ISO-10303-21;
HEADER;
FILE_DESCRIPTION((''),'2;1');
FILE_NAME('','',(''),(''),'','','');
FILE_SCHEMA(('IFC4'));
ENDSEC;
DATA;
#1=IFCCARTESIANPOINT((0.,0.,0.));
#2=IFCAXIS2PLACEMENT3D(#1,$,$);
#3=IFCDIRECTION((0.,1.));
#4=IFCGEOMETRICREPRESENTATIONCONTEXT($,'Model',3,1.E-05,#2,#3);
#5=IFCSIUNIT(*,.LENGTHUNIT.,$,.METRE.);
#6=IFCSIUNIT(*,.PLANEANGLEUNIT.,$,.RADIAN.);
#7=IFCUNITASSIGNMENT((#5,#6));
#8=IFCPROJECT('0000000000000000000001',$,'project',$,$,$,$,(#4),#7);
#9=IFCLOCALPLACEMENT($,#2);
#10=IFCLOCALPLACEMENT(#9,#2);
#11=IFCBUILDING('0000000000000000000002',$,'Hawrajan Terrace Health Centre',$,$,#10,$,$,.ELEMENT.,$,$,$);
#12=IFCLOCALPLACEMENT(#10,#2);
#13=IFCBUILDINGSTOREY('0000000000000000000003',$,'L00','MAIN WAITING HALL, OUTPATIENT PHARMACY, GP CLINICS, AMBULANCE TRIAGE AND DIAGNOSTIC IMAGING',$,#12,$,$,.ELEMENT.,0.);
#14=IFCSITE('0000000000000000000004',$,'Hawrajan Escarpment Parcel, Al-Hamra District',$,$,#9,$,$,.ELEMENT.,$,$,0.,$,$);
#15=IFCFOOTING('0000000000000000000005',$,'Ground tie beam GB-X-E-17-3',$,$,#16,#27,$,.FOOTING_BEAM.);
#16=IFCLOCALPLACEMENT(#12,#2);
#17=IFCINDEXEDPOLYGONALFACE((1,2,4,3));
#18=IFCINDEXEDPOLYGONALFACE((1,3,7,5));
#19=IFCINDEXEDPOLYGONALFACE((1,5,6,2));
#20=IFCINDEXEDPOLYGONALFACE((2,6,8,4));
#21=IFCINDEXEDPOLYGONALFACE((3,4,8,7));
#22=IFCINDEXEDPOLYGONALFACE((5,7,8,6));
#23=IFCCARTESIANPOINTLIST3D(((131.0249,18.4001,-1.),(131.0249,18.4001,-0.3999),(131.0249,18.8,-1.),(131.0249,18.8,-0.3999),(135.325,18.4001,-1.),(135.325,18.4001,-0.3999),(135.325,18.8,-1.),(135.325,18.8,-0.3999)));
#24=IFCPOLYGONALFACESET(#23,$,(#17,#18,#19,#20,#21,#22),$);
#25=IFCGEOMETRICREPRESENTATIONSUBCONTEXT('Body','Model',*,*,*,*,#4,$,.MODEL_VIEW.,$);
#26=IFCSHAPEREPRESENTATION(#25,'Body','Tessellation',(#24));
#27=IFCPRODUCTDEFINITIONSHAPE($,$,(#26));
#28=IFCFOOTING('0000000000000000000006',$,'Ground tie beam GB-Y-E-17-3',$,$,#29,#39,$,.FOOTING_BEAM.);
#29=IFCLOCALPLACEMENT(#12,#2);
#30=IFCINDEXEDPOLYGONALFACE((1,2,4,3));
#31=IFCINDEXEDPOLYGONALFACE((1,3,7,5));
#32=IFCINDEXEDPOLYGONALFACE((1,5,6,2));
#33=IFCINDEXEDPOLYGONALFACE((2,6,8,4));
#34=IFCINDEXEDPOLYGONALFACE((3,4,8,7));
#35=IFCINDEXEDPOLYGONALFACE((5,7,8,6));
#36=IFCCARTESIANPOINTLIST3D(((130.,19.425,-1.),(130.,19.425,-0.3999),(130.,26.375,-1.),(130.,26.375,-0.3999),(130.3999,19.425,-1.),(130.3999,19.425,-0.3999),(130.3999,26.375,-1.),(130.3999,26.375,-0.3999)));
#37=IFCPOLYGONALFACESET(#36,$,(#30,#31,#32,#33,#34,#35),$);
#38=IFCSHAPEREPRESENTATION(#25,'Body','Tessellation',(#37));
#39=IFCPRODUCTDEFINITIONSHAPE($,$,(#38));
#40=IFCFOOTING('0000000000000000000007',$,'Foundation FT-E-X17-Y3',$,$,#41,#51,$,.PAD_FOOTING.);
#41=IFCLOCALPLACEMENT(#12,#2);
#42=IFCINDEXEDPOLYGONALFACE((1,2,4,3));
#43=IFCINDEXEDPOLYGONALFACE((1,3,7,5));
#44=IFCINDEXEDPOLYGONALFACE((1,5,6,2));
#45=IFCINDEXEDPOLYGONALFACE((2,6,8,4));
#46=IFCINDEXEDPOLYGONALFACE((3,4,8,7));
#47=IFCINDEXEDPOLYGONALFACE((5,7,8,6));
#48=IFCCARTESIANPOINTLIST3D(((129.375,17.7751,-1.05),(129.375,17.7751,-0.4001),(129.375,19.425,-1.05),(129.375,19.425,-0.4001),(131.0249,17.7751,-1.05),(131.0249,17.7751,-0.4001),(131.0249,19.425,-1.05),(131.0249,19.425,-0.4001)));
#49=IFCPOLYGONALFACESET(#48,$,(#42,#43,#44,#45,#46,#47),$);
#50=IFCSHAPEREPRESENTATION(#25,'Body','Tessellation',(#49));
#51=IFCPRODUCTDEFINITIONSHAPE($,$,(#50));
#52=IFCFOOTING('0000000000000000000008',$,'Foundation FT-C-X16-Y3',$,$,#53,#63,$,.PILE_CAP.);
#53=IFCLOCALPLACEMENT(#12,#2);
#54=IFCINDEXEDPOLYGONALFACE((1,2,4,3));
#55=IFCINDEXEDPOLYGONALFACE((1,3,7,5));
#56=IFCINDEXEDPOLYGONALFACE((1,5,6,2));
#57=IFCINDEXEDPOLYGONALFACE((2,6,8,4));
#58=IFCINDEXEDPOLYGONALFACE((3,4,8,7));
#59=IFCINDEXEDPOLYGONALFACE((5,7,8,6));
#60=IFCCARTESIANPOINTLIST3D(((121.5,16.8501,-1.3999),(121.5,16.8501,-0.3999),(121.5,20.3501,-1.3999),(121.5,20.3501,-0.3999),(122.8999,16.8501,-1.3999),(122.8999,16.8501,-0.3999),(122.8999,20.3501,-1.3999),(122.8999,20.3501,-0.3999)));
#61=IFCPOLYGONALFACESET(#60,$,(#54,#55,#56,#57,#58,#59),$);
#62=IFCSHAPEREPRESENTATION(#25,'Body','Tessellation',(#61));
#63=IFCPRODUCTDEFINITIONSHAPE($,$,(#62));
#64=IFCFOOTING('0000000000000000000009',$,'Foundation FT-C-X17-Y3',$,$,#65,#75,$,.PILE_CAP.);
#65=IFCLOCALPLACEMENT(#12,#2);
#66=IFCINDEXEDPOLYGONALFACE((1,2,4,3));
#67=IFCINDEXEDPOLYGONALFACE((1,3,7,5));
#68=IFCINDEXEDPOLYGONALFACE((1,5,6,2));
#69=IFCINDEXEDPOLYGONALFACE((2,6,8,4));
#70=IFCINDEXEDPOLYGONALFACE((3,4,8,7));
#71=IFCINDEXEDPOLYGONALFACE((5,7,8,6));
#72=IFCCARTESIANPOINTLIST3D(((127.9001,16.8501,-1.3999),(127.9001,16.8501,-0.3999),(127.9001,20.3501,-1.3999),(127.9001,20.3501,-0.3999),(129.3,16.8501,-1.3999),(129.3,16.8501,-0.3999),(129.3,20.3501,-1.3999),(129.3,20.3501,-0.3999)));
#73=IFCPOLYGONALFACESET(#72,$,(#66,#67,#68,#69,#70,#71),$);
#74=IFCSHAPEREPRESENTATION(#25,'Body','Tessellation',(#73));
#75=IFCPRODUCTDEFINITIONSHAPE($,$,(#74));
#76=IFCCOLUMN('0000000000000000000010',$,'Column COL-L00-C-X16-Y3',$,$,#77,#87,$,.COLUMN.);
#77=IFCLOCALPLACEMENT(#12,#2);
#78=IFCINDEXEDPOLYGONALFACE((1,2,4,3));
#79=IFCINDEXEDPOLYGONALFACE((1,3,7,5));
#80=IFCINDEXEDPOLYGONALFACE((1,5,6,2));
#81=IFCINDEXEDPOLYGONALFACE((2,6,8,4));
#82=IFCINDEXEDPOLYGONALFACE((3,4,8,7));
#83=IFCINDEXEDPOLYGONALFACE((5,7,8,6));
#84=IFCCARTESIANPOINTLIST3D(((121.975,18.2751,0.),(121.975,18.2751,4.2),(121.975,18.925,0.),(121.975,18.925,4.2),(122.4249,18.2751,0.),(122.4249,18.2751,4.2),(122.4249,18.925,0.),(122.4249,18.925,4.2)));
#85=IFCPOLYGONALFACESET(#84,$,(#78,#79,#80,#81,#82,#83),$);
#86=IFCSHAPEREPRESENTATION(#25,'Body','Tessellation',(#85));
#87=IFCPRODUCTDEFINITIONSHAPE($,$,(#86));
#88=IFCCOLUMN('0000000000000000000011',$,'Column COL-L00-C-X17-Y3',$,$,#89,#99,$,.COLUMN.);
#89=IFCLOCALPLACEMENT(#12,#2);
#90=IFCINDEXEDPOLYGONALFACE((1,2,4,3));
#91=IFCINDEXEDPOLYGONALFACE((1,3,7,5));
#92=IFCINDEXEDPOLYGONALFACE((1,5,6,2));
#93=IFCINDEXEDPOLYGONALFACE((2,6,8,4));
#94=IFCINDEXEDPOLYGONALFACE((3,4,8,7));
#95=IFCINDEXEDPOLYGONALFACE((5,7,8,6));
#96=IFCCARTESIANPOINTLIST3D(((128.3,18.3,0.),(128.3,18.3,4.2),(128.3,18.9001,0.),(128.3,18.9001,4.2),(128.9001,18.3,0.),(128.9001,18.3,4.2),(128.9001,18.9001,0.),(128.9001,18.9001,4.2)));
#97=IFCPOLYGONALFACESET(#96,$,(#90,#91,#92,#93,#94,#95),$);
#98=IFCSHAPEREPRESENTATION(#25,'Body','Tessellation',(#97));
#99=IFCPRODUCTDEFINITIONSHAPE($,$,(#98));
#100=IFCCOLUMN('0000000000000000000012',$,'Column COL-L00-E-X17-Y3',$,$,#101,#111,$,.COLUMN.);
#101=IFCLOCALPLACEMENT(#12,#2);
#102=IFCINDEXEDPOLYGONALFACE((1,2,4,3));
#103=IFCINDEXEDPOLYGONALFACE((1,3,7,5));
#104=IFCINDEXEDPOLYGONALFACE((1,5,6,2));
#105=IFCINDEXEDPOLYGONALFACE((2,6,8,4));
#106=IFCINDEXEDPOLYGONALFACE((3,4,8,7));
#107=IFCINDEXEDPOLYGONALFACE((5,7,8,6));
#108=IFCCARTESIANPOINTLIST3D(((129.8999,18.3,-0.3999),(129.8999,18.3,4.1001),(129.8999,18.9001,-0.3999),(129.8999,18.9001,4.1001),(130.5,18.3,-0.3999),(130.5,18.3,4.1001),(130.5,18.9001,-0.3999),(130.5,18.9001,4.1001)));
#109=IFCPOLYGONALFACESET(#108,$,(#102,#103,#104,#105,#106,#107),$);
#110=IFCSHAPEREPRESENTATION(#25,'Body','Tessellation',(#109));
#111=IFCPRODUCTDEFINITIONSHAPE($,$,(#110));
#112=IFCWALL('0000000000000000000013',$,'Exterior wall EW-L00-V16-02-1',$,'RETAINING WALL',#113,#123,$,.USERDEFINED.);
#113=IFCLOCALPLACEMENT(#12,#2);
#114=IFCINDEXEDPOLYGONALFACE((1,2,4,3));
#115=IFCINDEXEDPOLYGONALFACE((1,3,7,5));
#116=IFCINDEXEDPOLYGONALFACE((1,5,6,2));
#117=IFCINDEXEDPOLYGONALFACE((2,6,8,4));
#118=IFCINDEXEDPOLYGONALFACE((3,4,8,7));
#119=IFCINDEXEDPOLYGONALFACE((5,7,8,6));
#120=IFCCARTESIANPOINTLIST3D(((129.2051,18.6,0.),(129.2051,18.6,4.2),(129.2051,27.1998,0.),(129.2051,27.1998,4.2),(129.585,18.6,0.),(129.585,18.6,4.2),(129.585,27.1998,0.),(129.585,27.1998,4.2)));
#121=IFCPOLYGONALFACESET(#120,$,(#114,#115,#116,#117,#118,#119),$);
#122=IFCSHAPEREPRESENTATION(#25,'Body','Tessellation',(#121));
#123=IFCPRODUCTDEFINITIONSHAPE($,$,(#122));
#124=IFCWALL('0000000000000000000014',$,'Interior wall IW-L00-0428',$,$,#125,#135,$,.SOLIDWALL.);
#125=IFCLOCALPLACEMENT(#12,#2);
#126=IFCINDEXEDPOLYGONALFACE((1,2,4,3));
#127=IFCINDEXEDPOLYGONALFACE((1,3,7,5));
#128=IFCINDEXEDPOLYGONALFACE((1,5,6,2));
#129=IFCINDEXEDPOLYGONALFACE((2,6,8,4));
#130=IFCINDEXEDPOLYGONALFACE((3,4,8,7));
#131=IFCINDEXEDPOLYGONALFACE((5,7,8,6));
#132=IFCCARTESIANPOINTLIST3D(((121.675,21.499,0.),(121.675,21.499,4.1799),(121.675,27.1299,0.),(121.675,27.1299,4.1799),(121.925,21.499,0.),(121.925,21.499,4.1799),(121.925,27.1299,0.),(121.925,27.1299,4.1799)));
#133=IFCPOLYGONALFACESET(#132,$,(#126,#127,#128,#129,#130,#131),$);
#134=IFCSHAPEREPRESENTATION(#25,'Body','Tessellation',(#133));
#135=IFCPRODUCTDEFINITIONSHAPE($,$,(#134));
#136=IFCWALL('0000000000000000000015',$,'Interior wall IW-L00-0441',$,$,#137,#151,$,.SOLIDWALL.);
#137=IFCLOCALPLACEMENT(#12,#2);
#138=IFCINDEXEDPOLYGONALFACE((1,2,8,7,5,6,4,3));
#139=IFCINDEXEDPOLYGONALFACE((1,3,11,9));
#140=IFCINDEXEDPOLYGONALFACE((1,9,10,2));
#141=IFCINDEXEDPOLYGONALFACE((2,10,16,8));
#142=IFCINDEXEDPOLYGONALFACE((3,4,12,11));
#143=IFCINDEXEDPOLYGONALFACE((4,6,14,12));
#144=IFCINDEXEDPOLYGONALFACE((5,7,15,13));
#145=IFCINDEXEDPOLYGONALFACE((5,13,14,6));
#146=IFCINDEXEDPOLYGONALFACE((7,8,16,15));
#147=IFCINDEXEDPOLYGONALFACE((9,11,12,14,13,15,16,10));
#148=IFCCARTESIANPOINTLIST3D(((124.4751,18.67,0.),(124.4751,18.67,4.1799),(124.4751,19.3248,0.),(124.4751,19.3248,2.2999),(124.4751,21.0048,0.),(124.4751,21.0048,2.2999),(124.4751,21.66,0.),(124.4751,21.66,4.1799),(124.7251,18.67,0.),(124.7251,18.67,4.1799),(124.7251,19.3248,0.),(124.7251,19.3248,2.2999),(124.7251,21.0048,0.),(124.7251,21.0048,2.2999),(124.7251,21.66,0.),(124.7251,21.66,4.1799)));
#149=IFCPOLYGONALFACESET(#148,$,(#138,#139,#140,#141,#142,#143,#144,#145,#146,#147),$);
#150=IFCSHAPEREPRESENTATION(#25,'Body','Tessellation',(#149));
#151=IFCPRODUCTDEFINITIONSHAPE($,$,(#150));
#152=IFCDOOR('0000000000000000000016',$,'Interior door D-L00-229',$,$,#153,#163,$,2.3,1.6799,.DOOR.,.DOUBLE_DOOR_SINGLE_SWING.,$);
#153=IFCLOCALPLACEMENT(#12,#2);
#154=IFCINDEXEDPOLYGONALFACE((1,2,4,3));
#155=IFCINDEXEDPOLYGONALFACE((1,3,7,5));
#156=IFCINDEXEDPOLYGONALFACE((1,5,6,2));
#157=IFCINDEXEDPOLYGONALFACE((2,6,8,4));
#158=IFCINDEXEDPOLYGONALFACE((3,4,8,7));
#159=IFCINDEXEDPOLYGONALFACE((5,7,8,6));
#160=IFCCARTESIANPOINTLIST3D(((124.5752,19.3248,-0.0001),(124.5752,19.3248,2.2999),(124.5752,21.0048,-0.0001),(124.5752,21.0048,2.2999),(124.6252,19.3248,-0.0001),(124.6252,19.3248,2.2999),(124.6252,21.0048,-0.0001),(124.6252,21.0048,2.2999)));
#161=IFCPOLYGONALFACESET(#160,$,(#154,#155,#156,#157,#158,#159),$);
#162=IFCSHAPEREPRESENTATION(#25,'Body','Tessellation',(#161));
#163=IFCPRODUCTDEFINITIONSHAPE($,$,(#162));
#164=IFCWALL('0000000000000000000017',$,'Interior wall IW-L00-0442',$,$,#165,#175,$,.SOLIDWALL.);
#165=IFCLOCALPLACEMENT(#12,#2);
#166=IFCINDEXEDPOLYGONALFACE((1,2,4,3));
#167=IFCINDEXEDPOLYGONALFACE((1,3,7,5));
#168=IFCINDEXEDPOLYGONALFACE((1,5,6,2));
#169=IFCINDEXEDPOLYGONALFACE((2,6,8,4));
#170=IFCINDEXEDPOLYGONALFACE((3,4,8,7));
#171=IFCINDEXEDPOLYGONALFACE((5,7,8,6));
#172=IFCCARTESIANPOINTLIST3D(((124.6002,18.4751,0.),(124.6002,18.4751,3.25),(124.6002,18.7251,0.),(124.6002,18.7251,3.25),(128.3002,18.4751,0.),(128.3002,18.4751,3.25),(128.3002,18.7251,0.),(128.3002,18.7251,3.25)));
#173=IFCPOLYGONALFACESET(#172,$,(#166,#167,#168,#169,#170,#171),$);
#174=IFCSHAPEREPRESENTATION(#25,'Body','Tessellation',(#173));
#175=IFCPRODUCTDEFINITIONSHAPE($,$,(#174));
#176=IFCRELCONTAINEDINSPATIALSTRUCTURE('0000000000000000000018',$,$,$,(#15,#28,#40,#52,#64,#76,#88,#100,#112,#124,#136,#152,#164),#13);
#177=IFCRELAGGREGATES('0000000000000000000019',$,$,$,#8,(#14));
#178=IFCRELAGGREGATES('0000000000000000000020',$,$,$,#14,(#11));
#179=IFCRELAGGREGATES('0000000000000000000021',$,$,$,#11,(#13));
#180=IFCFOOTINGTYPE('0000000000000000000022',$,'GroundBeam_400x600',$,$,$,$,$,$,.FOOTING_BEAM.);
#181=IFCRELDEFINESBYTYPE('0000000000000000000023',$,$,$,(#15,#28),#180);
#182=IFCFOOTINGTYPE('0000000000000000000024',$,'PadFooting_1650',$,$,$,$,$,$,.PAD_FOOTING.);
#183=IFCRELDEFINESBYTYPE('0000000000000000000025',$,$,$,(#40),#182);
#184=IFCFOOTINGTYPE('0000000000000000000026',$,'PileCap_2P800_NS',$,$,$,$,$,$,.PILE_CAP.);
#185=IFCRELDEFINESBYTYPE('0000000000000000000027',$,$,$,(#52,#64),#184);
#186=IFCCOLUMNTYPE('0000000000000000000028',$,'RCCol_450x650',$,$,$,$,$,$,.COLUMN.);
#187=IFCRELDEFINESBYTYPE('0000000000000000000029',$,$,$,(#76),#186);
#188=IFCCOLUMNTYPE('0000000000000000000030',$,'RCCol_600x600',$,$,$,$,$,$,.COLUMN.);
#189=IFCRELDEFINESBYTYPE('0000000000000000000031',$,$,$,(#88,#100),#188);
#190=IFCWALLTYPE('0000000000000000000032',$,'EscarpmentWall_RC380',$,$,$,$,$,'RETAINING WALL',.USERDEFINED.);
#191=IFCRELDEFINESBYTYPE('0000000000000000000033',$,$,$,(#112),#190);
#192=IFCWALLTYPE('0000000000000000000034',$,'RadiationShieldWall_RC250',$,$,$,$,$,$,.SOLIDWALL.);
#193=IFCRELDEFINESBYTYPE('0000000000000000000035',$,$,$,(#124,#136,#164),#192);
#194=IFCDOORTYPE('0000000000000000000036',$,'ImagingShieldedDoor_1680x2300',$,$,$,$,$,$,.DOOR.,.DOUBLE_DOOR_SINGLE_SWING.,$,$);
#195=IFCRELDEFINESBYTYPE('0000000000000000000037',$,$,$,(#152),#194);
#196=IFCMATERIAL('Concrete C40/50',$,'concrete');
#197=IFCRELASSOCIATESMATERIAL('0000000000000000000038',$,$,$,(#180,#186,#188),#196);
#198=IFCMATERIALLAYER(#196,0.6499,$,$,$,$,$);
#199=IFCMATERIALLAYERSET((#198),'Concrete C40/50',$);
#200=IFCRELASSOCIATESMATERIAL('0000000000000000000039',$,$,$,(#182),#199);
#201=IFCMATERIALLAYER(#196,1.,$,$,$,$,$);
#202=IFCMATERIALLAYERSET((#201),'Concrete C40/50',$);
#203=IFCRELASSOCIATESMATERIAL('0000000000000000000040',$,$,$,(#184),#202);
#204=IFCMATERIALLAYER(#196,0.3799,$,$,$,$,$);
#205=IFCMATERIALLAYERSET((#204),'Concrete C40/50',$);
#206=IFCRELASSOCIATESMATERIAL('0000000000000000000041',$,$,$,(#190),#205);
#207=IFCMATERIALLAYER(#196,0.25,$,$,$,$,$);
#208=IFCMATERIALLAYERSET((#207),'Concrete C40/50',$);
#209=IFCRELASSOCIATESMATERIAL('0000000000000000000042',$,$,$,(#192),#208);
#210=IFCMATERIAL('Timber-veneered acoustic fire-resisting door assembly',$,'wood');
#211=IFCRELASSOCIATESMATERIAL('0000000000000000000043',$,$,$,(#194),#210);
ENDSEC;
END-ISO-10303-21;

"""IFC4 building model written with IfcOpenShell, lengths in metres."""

from ifc_helpers import new_model, si_unit, direction, frame, frame_2d, origin, origin_2d, place, context, subcontext, project, spatial, rectangle, extrude, material, layer, layer_set, material_profile, profile_set, type_object, element, fill, save


model = new_model("IFC4")

# Units and contexts
model_context = context("Model", 3, precision=1e-05, world=origin(), true_north=direction((0.0, 1.0)))
body_context = subcontext(model_context, "Body", "Model", "MODEL_VIEW")
ifc_project = project(units=[si_unit("LENGTHUNIT", "METRE"), si_unit("PLANEANGLEUNIT", "RADIAN")], contexts=[model_context])

# Site, building, storey
site_placement = place(None, origin())
site = spatial("IfcSite", under=ifc_project, at=site_placement, Name="Hawrajan Escarpment Parcel, Al-Hamra District", CompositionType="ELEMENT", RefElevation=0.0)
building_placement = place(site_placement, origin())
building = spatial("IfcBuilding", under=site, at=building_placement, Name="Hawrajan Terrace Health Centre", CompositionType="ELEMENT")
storey_placement = place(building_placement, origin())
storey = spatial("IfcBuildingStorey", under=building, at=storey_placement, Name="L00", Description="MAIN WAITING HALL, OUTPATIENT PHARMACY, GP CLINICS, AMBULANCE TRIAGE AND DIAGNOSTIC IMAGING", CompositionType="ELEMENT", Elevation=0.0)

# Shared definitions
ifc_material_1 = material(Name="Concrete C40/50", Category="concrete")

# Footings
ifc_material_profile_1 = material_profile(ifc_material_1, rectangle(XDim=0.3999, YDim=0.6001, at=origin_2d()), Name="RC BM 400x600")
ifc_profile_set_1 = profile_set([ifc_material_profile_1], Name="Concrete C40/50")
footing_type_1 = type_object("IfcFootingType", Name="GroundBeam_400x600", PredefinedType="FOOTING_BEAM", material=ifc_profile_set_1)
footing_1_placement = place(storey_placement, frame((131.0249, 18.6001, -0.7), z_axis=(1.0, 0.0, 0.0), x_axis=(0.0, 1.0, 0.0)))
element("IfcFooting", 1, at=footing_1_placement, inside=storey, type_object=footing_type_1, Name="Ground tie beam GB-X-E-17-3", PredefinedType="FOOTING_BEAM", context=body_context, shape_type="SweptSolid", body=[
    extrude(rectangle(XDim=0.3999, YDim=0.6001, at=origin_2d()), origin(), (0.0, 0.0, 1.0), 4.3),
])
footing_2_placement = place(storey_placement, frame((130.2, 19.425, -0.7), z_axis=(0.0, 1.0, 0.0), x_axis=(-1.0, 0.0, 0.0)))
element("IfcFooting", 2, at=footing_2_placement, inside=storey, type_object=footing_type_1, Name="Ground tie beam GB-Y-E-17-3", PredefinedType="FOOTING_BEAM", context=body_context, shape_type="SweptSolid", body=[
    extrude(rectangle(XDim=0.3999, YDim=0.6001, at=origin_2d()), origin(), (0.0, 0.0, 1.0), 6.95),
])
ifc_layer_1 = layer(ifc_material_1, 0.6499)
ifc_layer_set_1 = layer_set([ifc_layer_1], Name="Concrete C40/50")
footing_type_2 = type_object("IfcFootingType", Name="PadFooting_1650", PredefinedType="PAD_FOOTING", material=ifc_layer_set_1)
footing_3_placement = place(storey_placement, frame((130.2, 18.6001, -1.05), z_axis=(0.0, 0.0, 1.0), x_axis=(1.0, 0.0, 0.0)))
element("IfcFooting", 3, at=footing_3_placement, inside=storey, type_object=footing_type_2, Name="Foundation FT-E-X17-Y3", PredefinedType="PAD_FOOTING", context=body_context, shape_type="SweptSolid", body=[
    extrude(rectangle(XDim=1.6499, YDim=1.6499, at=origin_2d()), origin(), (0.0, 0.0, 1.0), 0.6499),
])
ifc_layer_2 = layer(ifc_material_1, 1.0)
ifc_layer_set_2 = layer_set([ifc_layer_2], Name="Concrete C40/50")
footing_type_3 = type_object("IfcFootingType", Name="PileCap_2P800_NS", PredefinedType="PILE_CAP", material=ifc_layer_set_2)
for number, where, z_axis, x_axis, name in (
    (4, (122.2, 18.6001, -1.3999), (0.0, 0.0, 1.0), (1.0, 0.0, 0.0), "Foundation FT-C-X16-Y3"),
    (5, (128.6001, 18.6001, -1.3999), (0.0, 0.0, 1.0), (1.0, 0.0, 0.0), "Foundation FT-C-X17-Y3"),
):
    element("IfcFooting", number, at=place(storey_placement, frame(where, z_axis=z_axis, x_axis=x_axis)), inside=storey, type_object=footing_type_3, Name=name, PredefinedType="PILE_CAP", context=body_context, shape_type="SweptSolid", body=[
        extrude(rectangle(XDim=1.3999, YDim=3.5, at=origin_2d()), origin(), (0.0, 0.0, 1.0), 1.0),
    ])

# Columns
ifc_material_profile_2 = material_profile(ifc_material_1, rectangle(XDim=0.45, YDim=0.6499, at=origin_2d()), Name="RC 450x650")
ifc_profile_set_2 = profile_set([ifc_material_profile_2], Name="Concrete C40/50")
column_type_1 = type_object("IfcColumnType", Name="RCCol_450x650", PredefinedType="COLUMN", material=ifc_profile_set_2)
column_1_placement = place(storey_placement, frame((122.2, 18.6001, 0.0), z_axis=(0.0, 0.0, 1.0), x_axis=(1.0, 0.0, 0.0)))
element("IfcColumn", 6, at=column_1_placement, inside=storey, type_object=column_type_1, Name="Column COL-L00-C-X16-Y3", PredefinedType="COLUMN", context=body_context, shape_type="SweptSolid", body=[
    extrude(rectangle(XDim=0.45, YDim=0.6499, at=origin_2d()), origin(), (0.0, 0.0, 1.0), 4.2),
])
ifc_material_profile_3 = material_profile(ifc_material_1, rectangle(XDim=0.6001, YDim=0.6001, at=origin_2d()), Name="RC 600x600")
ifc_profile_set_3 = profile_set([ifc_material_profile_3], Name="Concrete C40/50")
column_type_2 = type_object("IfcColumnType", Name="RCCol_600x600", PredefinedType="COLUMN", material=ifc_profile_set_3)
column_2_placement = place(storey_placement, frame((128.6001, 18.6001, 0.0), z_axis=(0.0, 0.0, 1.0), x_axis=(1.0, 0.0, 0.0)))
element("IfcColumn", 7, at=column_2_placement, inside=storey, type_object=column_type_2, Name="Column COL-L00-C-X17-Y3", PredefinedType="COLUMN", context=body_context, shape_type="SweptSolid", body=[
    extrude(rectangle(XDim=0.6001, YDim=0.6001, at=origin_2d()), origin(), (0.0, 0.0, 1.0), 4.2),
])
column_3_placement = place(storey_placement, frame((130.2, 18.6001, -0.3999), z_axis=(0.0, 0.0, 1.0), x_axis=(1.0, 0.0, 0.0)))
element("IfcColumn", 8, at=column_3_placement, inside=storey, type_object=column_type_2, Name="Column COL-L00-E-X17-Y3", PredefinedType="COLUMN", context=body_context, shape_type="SweptSolid", body=[
    extrude(rectangle(XDim=0.6001, YDim=0.6001, at=origin_2d()), origin(), (0.0, 0.0, 1.0), 4.5),
])

# Walls
ifc_layer_3 = layer(ifc_material_1, 0.3799)
ifc_layer_set_3 = layer_set([ifc_layer_3], Name="Concrete C40/50")
wall_type_1 = type_object("IfcWallType", Name="EscarpmentWall_RC380", ElementType="RETAINING WALL", PredefinedType="USERDEFINED", material=ifc_layer_set_3)
wall_1_placement = place(storey_placement, frame((129.395, 18.6001, 0.0), z_axis=(0.0, 0.0, 1.0), x_axis=(0.0, 1.0, 0.0)))
element("IfcWall", 9, at=wall_1_placement, inside=storey, type_object=wall_type_1, Name="Exterior wall EW-L00-V16-02-1", ObjectType="RETAINING WALL", PredefinedType="USERDEFINED", context=body_context, shape_type="SweptSolid", body=[
    extrude(rectangle(XDim=8.5999, YDim=0.3799, at=frame_2d((4.2998, 0.0))), origin(), (0.0, 0.0, 1.0), 4.2),
])
ifc_layer_4 = layer(ifc_material_1, 0.25)
ifc_layer_set_4 = layer_set([ifc_layer_4], Name="Concrete C40/50")
wall_type_2 = type_object("IfcWallType", Name="RadiationShieldWall_RC250", PredefinedType="SOLIDWALL", material=ifc_layer_set_4)
wall_2_placement = place(storey_placement, frame((121.8, 21.499, 0.0), z_axis=(0.0, 0.0, 1.0), x_axis=(0.0, 1.0, 0.0)))
element("IfcWall", 10, at=wall_2_placement, inside=storey, type_object=wall_type_2, Name="Interior wall IW-L00-0428", PredefinedType="SOLIDWALL", context=body_context, shape_type="SweptSolid", body=[
    extrude(rectangle(XDim=5.6309, YDim=0.25, at=frame_2d((2.8154, 0.0))), origin(), (0.0, 0.0, 1.0), 4.1799),
])

# Wall, opening, door
wall_3_placement = place(storey_placement, frame((124.6001, 18.6699, 0.0), z_axis=(0.0, 0.0, 1.0), x_axis=(0.0, 1.0, 0.0)))
wall_3 = element("IfcWall", 11, at=wall_3_placement, inside=storey, type_object=wall_type_2, Name="Interior wall IW-L00-0441", PredefinedType="SOLIDWALL", context=body_context, shape_type="SweptSolid", body=[
    extrude(rectangle(XDim=2.99, YDim=0.25, at=frame_2d((1.4951, 0.0))), origin(), (0.0, 0.0, 1.0), 4.1799),
])
opening_1_placement = place(wall_3_placement, frame((0.655, 0.0, 0.0)))
opening_1 = element("IfcOpeningElement", 12, at=opening_1_placement, cuts=wall_3, PredefinedType="OPENING", context=body_context, shape_type="SweptSolid", body=[
    extrude(rectangle(XDim=1.6799, YDim=2.3, at=frame_2d((0.8398, 1.1499))), frame((0.0, 0.135, 0.0), z_axis=(0.0, -1.0, 0.0), x_axis=(1.0, 0.0, 0.0)), (0.0, 0.0, 1.0), 0.27),
])
ifc_material_2 = material(Name="Timber-veneered acoustic fire-resisting door assembly", Category="wood")
door_type_1 = type_object("IfcDoorType", Name="ImagingShieldedDoor_1680x2300", OperationType="DOUBLE_DOOR_SINGLE_SWING", PredefinedType="DOOR", material=ifc_material_2)
door_1_placement = place(opening_1_placement, origin())
door_1 = element("IfcDoor", 13, at=door_1_placement, inside=storey, type_object=door_type_1, Name="Interior door D-L00-229", OperationType="DOUBLE_DOOR_SINGLE_SWING", OverallHeight=2.3, OverallWidth=1.6799, PredefinedType="DOOR", context=body_context, shape_type="SweptSolid", body=[
    extrude(rectangle(XDim=1.6799, YDim=2.3, at=frame_2d((0.8398, 1.1499))), frame((0.0, 0.0249, 0.0), z_axis=(0.0, -1.0, 0.0), x_axis=(1.0, 0.0, 0.0)), (0.0, 0.0, 1.0), 0.05),
])
fill(opening_1, door_1)

# Wall
wall_4_placement = place(storey_placement, frame((124.6001, 18.6001, 0.0), z_axis=(0.0, 0.0, 1.0), x_axis=(1.0, 0.0, 0.0)))
element("IfcWall", 14, at=wall_4_placement, inside=storey, type_object=wall_type_2, Name="Interior wall IW-L00-0442", PredefinedType="SOLIDWALL", context=body_context, shape_type="SweptSolid", body=[
    extrude(rectangle(XDim=3.7, YDim=0.25, at=frame_2d((1.8501, 0.0))), origin(), (0.0, 0.0, 1.0), 3.25),
])

save(model, "model.ifc")
